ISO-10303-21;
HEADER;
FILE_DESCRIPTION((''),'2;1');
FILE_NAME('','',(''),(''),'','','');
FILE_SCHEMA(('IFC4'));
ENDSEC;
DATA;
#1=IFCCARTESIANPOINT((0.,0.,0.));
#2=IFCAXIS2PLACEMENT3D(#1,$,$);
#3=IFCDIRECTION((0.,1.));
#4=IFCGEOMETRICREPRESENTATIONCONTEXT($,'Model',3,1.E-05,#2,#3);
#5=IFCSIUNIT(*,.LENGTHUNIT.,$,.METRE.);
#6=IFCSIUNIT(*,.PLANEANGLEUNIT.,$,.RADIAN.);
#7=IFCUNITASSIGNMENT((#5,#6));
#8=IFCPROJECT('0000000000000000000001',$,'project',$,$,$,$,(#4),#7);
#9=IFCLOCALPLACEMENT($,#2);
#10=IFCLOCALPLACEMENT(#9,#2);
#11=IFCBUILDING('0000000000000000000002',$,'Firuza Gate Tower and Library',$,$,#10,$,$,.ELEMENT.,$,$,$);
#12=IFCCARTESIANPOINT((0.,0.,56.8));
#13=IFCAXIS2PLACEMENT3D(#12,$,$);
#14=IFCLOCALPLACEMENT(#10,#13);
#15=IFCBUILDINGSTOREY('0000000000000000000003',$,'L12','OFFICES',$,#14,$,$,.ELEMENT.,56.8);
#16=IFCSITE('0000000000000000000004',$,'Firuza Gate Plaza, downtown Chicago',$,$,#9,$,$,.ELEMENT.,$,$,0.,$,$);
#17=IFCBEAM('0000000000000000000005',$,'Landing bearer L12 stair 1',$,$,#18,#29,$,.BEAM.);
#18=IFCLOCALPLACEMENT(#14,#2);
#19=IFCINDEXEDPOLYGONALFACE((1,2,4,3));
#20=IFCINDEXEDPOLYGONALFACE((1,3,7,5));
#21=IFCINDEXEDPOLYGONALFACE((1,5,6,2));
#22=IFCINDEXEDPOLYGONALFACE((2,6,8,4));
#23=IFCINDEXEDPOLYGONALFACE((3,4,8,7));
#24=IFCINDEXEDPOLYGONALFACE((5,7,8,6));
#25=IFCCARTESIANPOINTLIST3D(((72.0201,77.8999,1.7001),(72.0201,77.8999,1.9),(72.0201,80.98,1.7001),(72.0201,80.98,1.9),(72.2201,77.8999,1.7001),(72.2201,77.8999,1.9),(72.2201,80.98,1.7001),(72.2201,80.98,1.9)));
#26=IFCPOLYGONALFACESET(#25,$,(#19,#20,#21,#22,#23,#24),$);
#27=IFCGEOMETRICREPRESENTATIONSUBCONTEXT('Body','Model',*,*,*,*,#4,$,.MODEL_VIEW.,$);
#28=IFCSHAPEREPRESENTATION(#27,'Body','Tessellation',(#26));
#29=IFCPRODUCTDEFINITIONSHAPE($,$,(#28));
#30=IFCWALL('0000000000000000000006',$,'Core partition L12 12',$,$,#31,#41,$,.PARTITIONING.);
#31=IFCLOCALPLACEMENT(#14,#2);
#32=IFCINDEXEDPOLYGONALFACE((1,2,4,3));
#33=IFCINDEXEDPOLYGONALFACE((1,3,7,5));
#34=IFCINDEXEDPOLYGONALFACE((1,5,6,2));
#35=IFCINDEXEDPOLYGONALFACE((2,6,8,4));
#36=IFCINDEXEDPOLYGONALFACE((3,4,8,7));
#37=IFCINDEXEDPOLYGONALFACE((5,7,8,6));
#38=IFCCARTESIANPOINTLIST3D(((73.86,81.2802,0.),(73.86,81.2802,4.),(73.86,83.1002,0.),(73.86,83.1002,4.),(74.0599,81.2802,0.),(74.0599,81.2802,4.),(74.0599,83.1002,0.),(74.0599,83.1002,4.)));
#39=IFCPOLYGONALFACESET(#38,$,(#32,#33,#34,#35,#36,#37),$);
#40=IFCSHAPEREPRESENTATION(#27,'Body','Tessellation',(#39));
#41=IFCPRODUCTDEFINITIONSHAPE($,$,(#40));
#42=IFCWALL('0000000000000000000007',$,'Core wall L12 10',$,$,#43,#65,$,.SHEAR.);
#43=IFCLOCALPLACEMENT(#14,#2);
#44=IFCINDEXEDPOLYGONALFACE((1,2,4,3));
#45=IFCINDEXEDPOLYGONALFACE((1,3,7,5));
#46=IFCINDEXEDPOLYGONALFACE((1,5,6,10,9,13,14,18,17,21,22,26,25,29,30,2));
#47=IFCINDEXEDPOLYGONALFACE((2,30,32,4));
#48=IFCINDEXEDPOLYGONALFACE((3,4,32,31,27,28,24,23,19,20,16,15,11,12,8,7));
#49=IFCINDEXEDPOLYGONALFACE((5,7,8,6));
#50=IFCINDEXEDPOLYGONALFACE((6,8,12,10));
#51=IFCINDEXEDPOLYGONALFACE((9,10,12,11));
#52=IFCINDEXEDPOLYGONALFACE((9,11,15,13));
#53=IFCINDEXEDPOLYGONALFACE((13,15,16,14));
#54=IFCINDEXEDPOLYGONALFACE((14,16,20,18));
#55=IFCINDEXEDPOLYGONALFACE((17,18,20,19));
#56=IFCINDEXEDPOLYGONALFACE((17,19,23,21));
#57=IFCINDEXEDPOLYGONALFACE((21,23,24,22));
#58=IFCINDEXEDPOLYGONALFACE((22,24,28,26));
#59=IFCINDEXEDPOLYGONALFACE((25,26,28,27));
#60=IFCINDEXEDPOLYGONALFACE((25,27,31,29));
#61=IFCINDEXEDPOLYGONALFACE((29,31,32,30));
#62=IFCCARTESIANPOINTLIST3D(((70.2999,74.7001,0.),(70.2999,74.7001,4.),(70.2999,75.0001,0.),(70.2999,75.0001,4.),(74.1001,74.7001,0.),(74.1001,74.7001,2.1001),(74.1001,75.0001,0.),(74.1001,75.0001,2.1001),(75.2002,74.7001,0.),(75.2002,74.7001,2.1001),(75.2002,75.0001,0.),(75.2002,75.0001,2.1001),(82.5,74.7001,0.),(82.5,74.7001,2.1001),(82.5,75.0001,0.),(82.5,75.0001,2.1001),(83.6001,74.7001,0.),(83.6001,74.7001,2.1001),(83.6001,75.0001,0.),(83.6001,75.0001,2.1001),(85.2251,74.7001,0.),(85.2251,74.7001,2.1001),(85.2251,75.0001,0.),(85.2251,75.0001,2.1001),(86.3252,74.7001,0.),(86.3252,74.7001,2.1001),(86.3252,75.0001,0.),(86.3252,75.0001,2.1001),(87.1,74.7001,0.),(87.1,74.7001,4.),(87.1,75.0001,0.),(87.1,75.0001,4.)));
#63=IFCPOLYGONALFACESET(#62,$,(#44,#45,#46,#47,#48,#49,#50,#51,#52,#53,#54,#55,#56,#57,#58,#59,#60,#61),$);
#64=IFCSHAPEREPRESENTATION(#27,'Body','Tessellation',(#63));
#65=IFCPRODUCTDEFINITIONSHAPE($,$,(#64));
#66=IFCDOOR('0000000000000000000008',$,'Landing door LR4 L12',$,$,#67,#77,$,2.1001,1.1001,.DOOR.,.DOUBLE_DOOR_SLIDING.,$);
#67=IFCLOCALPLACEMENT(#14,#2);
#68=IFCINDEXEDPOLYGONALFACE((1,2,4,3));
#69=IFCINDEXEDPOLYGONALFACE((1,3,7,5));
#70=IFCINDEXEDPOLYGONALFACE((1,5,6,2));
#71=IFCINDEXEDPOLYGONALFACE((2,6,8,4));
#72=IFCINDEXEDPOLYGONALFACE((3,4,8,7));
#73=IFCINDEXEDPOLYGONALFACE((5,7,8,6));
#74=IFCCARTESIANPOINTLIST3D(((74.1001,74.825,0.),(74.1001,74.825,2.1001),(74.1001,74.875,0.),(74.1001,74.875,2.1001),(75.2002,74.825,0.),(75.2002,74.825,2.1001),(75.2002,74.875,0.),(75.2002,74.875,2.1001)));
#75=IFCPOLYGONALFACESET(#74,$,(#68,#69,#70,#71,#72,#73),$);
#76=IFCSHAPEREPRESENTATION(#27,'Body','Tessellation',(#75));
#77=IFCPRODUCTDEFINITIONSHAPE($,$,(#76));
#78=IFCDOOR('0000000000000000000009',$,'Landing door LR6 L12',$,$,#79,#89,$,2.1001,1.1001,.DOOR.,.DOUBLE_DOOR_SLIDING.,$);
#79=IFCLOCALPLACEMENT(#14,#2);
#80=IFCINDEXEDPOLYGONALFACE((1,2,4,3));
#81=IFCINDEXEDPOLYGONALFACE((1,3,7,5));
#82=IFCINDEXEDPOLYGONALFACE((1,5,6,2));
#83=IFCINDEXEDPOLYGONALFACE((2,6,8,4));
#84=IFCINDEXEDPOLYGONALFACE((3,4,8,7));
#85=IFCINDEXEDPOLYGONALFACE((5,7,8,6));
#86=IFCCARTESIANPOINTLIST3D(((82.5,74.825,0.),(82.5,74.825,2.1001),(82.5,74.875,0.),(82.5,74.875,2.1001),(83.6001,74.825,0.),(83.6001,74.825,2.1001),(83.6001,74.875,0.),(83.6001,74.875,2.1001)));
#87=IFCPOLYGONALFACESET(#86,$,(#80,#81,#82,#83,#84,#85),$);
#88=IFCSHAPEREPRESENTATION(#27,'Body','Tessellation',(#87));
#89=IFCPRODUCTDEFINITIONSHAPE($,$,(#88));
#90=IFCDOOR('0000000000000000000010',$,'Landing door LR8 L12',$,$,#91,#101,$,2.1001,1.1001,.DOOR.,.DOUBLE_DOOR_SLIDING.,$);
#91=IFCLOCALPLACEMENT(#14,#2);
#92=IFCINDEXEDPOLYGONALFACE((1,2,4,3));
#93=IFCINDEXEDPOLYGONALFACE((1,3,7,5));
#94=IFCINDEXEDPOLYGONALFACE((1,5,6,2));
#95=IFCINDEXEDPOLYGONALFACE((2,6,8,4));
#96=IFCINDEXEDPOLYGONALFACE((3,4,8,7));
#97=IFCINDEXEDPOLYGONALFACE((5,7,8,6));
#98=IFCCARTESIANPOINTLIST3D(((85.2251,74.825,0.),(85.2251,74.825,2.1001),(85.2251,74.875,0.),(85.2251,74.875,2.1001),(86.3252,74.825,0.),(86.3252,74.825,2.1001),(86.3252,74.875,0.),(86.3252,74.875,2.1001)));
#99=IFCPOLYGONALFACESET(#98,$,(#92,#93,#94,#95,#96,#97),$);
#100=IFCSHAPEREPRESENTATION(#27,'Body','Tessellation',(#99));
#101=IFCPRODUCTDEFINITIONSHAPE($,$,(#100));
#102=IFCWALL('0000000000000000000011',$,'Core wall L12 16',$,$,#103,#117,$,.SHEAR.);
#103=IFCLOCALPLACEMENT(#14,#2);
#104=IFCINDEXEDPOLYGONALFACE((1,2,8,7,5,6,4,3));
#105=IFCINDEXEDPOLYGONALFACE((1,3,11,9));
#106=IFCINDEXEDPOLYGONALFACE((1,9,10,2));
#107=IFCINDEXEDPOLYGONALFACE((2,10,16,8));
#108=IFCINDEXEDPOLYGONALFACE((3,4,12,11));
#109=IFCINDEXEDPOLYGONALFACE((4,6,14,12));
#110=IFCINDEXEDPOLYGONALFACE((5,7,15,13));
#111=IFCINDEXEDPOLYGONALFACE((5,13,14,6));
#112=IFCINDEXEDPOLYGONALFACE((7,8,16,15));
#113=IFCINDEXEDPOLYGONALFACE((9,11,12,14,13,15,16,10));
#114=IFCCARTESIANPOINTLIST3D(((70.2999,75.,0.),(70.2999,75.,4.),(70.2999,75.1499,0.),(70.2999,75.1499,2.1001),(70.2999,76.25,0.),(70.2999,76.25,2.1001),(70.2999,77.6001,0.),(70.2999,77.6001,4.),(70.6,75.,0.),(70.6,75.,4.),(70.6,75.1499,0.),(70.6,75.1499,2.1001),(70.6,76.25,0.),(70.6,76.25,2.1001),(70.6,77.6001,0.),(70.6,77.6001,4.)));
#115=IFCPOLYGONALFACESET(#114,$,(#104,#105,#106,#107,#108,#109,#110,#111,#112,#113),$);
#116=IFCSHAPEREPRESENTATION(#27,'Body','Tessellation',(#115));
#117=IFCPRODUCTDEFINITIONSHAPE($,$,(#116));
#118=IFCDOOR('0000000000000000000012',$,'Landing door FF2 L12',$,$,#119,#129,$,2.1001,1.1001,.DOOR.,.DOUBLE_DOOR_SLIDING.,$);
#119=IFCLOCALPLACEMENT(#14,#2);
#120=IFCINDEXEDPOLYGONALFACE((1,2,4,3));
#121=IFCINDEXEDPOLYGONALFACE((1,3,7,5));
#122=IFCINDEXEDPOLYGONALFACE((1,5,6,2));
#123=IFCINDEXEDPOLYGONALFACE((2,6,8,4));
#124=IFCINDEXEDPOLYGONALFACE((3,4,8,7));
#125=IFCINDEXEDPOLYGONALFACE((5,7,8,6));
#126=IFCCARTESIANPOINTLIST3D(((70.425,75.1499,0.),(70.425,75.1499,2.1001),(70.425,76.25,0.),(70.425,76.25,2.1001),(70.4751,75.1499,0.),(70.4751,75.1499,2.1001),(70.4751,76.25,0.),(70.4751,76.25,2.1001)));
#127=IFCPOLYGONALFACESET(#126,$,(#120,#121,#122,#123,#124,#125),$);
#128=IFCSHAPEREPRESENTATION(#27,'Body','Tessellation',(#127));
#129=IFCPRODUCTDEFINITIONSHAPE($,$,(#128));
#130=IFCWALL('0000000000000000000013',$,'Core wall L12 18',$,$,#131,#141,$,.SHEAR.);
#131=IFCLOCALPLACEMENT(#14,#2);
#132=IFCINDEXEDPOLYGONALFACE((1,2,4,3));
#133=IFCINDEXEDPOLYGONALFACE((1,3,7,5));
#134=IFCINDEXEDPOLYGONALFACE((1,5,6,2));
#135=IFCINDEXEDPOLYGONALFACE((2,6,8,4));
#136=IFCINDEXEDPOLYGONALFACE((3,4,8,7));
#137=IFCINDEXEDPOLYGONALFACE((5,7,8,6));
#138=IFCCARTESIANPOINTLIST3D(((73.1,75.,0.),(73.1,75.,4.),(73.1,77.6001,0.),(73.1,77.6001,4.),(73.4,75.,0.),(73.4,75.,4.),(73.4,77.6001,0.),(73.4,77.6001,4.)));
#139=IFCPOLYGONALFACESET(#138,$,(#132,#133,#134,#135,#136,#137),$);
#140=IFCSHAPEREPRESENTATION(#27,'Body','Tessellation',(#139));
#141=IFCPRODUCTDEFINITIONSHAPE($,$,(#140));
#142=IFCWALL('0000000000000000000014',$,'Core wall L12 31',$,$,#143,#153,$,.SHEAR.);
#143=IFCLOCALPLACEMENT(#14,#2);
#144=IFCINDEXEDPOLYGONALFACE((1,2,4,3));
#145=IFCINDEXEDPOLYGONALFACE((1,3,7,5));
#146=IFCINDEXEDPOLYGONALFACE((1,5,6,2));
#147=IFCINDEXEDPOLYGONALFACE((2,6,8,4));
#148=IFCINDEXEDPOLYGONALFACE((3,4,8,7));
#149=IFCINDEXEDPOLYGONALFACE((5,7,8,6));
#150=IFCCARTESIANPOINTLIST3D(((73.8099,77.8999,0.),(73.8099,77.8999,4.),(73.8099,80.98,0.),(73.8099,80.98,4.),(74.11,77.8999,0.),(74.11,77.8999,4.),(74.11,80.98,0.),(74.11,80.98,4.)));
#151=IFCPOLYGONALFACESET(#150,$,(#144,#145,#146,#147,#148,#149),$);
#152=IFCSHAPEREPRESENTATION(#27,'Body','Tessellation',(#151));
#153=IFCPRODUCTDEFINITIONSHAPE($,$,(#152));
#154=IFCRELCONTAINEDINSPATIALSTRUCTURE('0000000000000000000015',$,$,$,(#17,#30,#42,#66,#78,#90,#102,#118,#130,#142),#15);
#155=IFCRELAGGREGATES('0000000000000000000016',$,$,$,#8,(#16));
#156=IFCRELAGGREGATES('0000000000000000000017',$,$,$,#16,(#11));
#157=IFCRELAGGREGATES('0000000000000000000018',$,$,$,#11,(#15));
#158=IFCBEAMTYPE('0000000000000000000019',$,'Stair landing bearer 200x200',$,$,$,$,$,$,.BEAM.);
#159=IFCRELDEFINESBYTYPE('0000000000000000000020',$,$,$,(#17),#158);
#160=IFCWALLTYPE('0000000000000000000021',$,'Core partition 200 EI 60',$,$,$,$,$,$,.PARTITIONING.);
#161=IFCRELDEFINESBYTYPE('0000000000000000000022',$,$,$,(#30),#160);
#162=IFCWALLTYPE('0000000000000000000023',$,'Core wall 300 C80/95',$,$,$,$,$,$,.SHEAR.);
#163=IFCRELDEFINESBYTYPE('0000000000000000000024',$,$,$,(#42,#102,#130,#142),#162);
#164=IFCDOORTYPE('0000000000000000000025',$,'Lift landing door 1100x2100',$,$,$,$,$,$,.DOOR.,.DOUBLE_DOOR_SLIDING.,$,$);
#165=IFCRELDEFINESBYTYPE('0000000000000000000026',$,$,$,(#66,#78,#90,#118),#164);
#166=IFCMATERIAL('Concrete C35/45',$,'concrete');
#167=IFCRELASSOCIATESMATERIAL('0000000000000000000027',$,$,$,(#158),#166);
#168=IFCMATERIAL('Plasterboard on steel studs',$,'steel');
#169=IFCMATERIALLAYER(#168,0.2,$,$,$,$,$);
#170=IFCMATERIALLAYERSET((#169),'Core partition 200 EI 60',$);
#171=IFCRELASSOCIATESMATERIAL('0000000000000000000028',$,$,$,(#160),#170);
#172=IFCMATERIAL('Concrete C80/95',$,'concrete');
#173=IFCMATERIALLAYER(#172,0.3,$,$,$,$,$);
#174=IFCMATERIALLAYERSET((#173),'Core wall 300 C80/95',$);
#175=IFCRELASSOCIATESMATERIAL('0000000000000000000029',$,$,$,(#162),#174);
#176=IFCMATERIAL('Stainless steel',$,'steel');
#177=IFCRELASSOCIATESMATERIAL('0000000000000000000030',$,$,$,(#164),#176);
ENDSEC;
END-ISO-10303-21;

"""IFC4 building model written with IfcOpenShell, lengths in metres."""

from ifc_helpers import new_model, si_unit, direction, frame, frame_2d, origin, origin_2d, place, context, subcontext, project, spatial, rectangle, extrude, material, layer, layer_set, material_profile, profile_set, type_object, element, fill, save


model = new_model("IFC4")

# Units and contexts
model_context = context("Model", 3, precision=1e-05, world=origin(), true_north=direction((0.0, 1.0)))
body_context = subcontext(model_context, "Body", "Model", "MODEL_VIEW")
ifc_project = project(units=[si_unit("LENGTHUNIT", "METRE"), si_unit("PLANEANGLEUNIT", "RADIAN")], contexts=[model_context])

# Site, building, storey
site_placement = place(None, origin())
site = spatial("IfcSite", under=ifc_project, at=site_placement, Name="Firuza Gate Plaza, downtown Chicago", CompositionType="ELEMENT", RefElevation=0.0)
building_placement = place(site_placement, origin())
building = spatial("IfcBuilding", under=site, at=building_placement, Name="Firuza Gate Tower and Library", CompositionType="ELEMENT")
storey_placement = place(building_placement, frame((0.0, 0.0, 56.8)))
storey = spatial("IfcBuildingStorey", under=building, at=storey_placement, Name="L12", Description="OFFICES", CompositionType="ELEMENT", Elevation=56.8)

# Beam
ifc_material_1 = material(Name="Concrete C35/45", Category="concrete")
ifc_material_profile = material_profile(ifc_material_1, rectangle(XDim=0.2, YDim=0.2, at=origin_2d()))
ifc_profile_set = profile_set([ifc_material_profile], Name="Concrete C35/45")
beam_type = type_object("IfcBeamType", Name="Stair landing bearer 200x200", PredefinedType="BEAM", material=ifc_profile_set)
beam_placement = place(storey_placement, frame((72.1201, 77.8999, 1.8), z_axis=(0.0, 1.0, 0.0), x_axis=(-1.0, 0.0, 0.0)))
element("IfcBeam", 1, at=beam_placement, inside=storey, type_object=beam_type, Name="Landing bearer L12 stair 1", PredefinedType="BEAM", context=body_context, shape_type="SweptSolid", body=[
    extrude(rectangle(XDim=0.2, YDim=0.2, at=origin_2d()), origin(), (0.0, 0.0, 1.0), 3.0801),
])

# Wall
ifc_material_2 = material(Name="Plasterboard on steel studs", Category="steel")
ifc_layer_1 = layer(ifc_material_2, 0.2)
ifc_layer_set_1 = layer_set([ifc_layer_1], Name="Core partition 200 EI 60")
wall_type_1 = type_object("IfcWallType", Name="Core partition 200 EI 60", PredefinedType="PARTITIONING", material=ifc_layer_set_1)
wall_1_placement = place(storey_placement, frame((73.96, 81.28, 0.0), z_axis=(0.0, 0.0, 1.0), x_axis=(0.0, 1.0, 0.0)))
element("IfcWall", 2, at=wall_1_placement, inside=storey, type_object=wall_type_1, Name="Core partition L12 12", PredefinedType="PARTITIONING", context=body_context, shape_type="SweptSolid", body=[
    extrude(rectangle(XDim=1.8201, YDim=0.2, at=frame_2d((0.9102, 0.0))), origin(), (0.0, 0.0, 1.0), 4.0),
])

# Wall, openings, doors
ifc_material_3 = material(Name="Concrete C80/95", Category="concrete")
ifc_layer_2 = layer(ifc_material_3, 0.3)
ifc_layer_set_2 = layer_set([ifc_layer_2], Name="Core wall 300 C80/95")
wall_type_2 = type_object("IfcWallType", Name="Core wall 300 C80/95", PredefinedType="SHEAR", material=ifc_layer_set_2)
wall_2_placement = place(storey_placement, frame((70.3, 74.8501, 0.0), z_axis=(0.0, 0.0, 1.0), x_axis=(1.0, 0.0, 0.0)))
wall_2 = element("IfcWall", 3, at=wall_2_placement, inside=storey, type_object=wall_type_2, Name="Core wall L12 10", PredefinedType="SHEAR", context=body_context, shape_type="SweptSolid", body=[
    extrude(rectangle(XDim=16.8, YDim=0.3, at=frame_2d((8.3999, 0.0))), origin(), (0.0, 0.0, 1.0), 4.0),
])
opening_1_placement = place(wall_2_placement, frame((3.8, 0.0, 0.0)))
opening_1 = element("IfcOpeningElement", 4, at=opening_1_placement, cuts=wall_2, PredefinedType="OPENING", context=body_context, shape_type="SweptSolid", body=[
    extrude(rectangle(XDim=1.1001, YDim=2.1001, at=frame_2d((0.55, 1.05))), frame((0.0, 0.1602, 0.0), z_axis=(0.0, -1.0, 0.0), x_axis=(1.0, 0.0, 0.0)), (0.0, 0.0, 1.0), 0.3201),
])
opening_2_placement = place(wall_2_placement, frame((12.2, 0.0, 0.0)))
opening_2 = element("IfcOpeningElement", 5, at=opening_2_placement, cuts=wall_2, PredefinedType="OPENING", context=body_context, shape_type="SweptSolid", body=[
    extrude(rectangle(XDim=1.1001, YDim=2.1001, at=frame_2d((0.55, 1.05))), frame((0.0, 0.1602, 0.0), z_axis=(0.0, -1.0, 0.0), x_axis=(1.0, 0.0, 0.0)), (0.0, 0.0, 1.0), 0.3201),
])
opening_3_placement = place(wall_2_placement, frame((14.925, 0.0, 0.0)))
opening_3 = element("IfcOpeningElement", 6, at=opening_3_placement, cuts=wall_2, PredefinedType="OPENING", context=body_context, shape_type="SweptSolid", body=[
    extrude(rectangle(XDim=1.1001, YDim=2.1001, at=frame_2d((0.55, 1.05))), frame((0.0, 0.1602, 0.0), z_axis=(0.0, -1.0, 0.0), x_axis=(1.0, 0.0, 0.0)), (0.0, 0.0, 1.0), 0.3201),
])
ifc_material_4 = material(Name="Stainless steel", Category="steel")
door_type_1 = type_object("IfcDoorType", Name="Lift landing door 1100x2100", OperationType="DOUBLE_DOOR_SLIDING", PredefinedType="DOOR", material=ifc_material_4)
door_1_placement = place(opening_1_placement, origin())
door_1 = element("IfcDoor", 7, at=door_1_placement, inside=storey, type_object=door_type_1, Name="Landing door LR4 L12", OperationType="DOUBLE_DOOR_SLIDING", OverallHeight=2.1001, OverallWidth=1.1001, PredefinedType="DOOR", context=body_context, shape_type="SweptSolid", body=[
    extrude(rectangle(XDim=1.1001, YDim=2.1001, at=frame_2d((0.55, 1.05))), frame((0.0, 0.0249, 0.0), z_axis=(0.0, -1.0, 0.0), x_axis=(1.0, 0.0, 0.0)), (0.0, 0.0, 1.0), 0.05),
])
fill(opening_1, door_1)
door_2_placement = place(opening_2_placement, origin())
door_2 = element("IfcDoor", 8, at=door_2_placement, inside=storey, type_object=door_type_1, Name="Landing door LR6 L12", OperationType="DOUBLE_DOOR_SLIDING", OverallHeight=2.1001, OverallWidth=1.1001, PredefinedType="DOOR", context=body_context, shape_type="SweptSolid", body=[
    extrude(rectangle(XDim=1.1001, YDim=2.1001, at=frame_2d((0.55, 1.05))), frame((0.0, 0.0249, 0.0), z_axis=(0.0, -1.0, 0.0), x_axis=(1.0, 0.0, 0.0)), (0.0, 0.0, 1.0), 0.05),
])
fill(opening_2, door_2)
door_3_placement = place(opening_3_placement, origin())
door_3 = element("IfcDoor", 9, at=door_3_placement, inside=storey, type_object=door_type_1, Name="Landing door LR8 L12", OperationType="DOUBLE_DOOR_SLIDING", OverallHeight=2.1001, OverallWidth=1.1001, PredefinedType="DOOR", context=body_context, shape_type="SweptSolid", body=[
    extrude(rectangle(XDim=1.1001, YDim=2.1001, at=frame_2d((0.55, 1.05))), frame((0.0, 0.0249, 0.0), z_axis=(0.0, -1.0, 0.0), x_axis=(1.0, 0.0, 0.0)), (0.0, 0.0, 1.0), 0.05),
])
fill(opening_3, door_3)

# Wall, opening, door
wall_3_placement = place(storey_placement, frame((70.45, 75.0, 0.0), z_axis=(0.0, 0.0, 1.0), x_axis=(0.0, 1.0, 0.0)))
wall_3 = element("IfcWall", 10, at=wall_3_placement, inside=storey, type_object=wall_type_2, Name="Core wall L12 16", PredefinedType="SHEAR", context=body_context, shape_type="SweptSolid", body=[
    extrude(rectangle(XDim=2.6001, YDim=0.3, at=frame_2d((1.3, 0.0))), origin(), (0.0, 0.0, 1.0), 4.0),
])
opening_4_placement = place(wall_3_placement, frame((0.1499, 0.0, 0.0)))
opening_4 = element("IfcOpeningElement", 11, at=opening_4_placement, cuts=wall_3, PredefinedType="OPENING", context=body_context, shape_type="SweptSolid", body=[
    extrude(rectangle(XDim=1.1001, YDim=2.1001, at=frame_2d((0.55, 1.05))), frame((0.0, 0.1602, 0.0), z_axis=(0.0, -1.0, 0.0), x_axis=(1.0, 0.0, 0.0)), (0.0, 0.0, 1.0), 0.3201),
])
door_4_placement = place(opening_4_placement, origin())
door_4 = element("IfcDoor", 12, at=door_4_placement, inside=storey, type_object=door_type_1, Name="Landing door FF2 L12", OperationType="DOUBLE_DOOR_SLIDING", OverallHeight=2.1001, OverallWidth=1.1001, PredefinedType="DOOR", context=body_context, shape_type="SweptSolid", body=[
    extrude(rectangle(XDim=1.1001, YDim=2.1001, at=frame_2d((0.55, 1.05))), frame((0.0, 0.0249, 0.0), z_axis=(0.0, -1.0, 0.0), x_axis=(1.0, 0.0, 0.0)), (0.0, 0.0, 1.0), 0.05),
])
fill(opening_4, door_4)

# Walls
wall_4_placement = place(storey_placement, frame((73.25, 75.0, 0.0), z_axis=(0.0, 0.0, 1.0), x_axis=(0.0, 1.0, 0.0)))
element("IfcWall", 13, at=wall_4_placement, inside=storey, type_object=wall_type_2, Name="Core wall L12 18", PredefinedType="SHEAR", context=body_context, shape_type="SweptSolid", body=[
    extrude(rectangle(XDim=2.6001, YDim=0.3, at=frame_2d((1.3, 0.0))), origin(), (0.0, 0.0, 1.0), 4.0),
])
wall_5_placement = place(storey_placement, frame((73.96, 77.8999, 0.0), z_axis=(0.0, 0.0, 1.0), x_axis=(0.0, 1.0, 0.0)))
element("IfcWall", 14, at=wall_5_placement, inside=storey, type_object=wall_type_2, Name="Core wall L12 31", PredefinedType="SHEAR", context=body_context, shape_type="SweptSolid", body=[
    extrude(rectangle(XDim=3.0801, YDim=0.3, at=frame_2d((1.54, 0.0))), origin(), (0.0, 0.0, 1.0), 4.0),
])

save(model, "model.ifc")
